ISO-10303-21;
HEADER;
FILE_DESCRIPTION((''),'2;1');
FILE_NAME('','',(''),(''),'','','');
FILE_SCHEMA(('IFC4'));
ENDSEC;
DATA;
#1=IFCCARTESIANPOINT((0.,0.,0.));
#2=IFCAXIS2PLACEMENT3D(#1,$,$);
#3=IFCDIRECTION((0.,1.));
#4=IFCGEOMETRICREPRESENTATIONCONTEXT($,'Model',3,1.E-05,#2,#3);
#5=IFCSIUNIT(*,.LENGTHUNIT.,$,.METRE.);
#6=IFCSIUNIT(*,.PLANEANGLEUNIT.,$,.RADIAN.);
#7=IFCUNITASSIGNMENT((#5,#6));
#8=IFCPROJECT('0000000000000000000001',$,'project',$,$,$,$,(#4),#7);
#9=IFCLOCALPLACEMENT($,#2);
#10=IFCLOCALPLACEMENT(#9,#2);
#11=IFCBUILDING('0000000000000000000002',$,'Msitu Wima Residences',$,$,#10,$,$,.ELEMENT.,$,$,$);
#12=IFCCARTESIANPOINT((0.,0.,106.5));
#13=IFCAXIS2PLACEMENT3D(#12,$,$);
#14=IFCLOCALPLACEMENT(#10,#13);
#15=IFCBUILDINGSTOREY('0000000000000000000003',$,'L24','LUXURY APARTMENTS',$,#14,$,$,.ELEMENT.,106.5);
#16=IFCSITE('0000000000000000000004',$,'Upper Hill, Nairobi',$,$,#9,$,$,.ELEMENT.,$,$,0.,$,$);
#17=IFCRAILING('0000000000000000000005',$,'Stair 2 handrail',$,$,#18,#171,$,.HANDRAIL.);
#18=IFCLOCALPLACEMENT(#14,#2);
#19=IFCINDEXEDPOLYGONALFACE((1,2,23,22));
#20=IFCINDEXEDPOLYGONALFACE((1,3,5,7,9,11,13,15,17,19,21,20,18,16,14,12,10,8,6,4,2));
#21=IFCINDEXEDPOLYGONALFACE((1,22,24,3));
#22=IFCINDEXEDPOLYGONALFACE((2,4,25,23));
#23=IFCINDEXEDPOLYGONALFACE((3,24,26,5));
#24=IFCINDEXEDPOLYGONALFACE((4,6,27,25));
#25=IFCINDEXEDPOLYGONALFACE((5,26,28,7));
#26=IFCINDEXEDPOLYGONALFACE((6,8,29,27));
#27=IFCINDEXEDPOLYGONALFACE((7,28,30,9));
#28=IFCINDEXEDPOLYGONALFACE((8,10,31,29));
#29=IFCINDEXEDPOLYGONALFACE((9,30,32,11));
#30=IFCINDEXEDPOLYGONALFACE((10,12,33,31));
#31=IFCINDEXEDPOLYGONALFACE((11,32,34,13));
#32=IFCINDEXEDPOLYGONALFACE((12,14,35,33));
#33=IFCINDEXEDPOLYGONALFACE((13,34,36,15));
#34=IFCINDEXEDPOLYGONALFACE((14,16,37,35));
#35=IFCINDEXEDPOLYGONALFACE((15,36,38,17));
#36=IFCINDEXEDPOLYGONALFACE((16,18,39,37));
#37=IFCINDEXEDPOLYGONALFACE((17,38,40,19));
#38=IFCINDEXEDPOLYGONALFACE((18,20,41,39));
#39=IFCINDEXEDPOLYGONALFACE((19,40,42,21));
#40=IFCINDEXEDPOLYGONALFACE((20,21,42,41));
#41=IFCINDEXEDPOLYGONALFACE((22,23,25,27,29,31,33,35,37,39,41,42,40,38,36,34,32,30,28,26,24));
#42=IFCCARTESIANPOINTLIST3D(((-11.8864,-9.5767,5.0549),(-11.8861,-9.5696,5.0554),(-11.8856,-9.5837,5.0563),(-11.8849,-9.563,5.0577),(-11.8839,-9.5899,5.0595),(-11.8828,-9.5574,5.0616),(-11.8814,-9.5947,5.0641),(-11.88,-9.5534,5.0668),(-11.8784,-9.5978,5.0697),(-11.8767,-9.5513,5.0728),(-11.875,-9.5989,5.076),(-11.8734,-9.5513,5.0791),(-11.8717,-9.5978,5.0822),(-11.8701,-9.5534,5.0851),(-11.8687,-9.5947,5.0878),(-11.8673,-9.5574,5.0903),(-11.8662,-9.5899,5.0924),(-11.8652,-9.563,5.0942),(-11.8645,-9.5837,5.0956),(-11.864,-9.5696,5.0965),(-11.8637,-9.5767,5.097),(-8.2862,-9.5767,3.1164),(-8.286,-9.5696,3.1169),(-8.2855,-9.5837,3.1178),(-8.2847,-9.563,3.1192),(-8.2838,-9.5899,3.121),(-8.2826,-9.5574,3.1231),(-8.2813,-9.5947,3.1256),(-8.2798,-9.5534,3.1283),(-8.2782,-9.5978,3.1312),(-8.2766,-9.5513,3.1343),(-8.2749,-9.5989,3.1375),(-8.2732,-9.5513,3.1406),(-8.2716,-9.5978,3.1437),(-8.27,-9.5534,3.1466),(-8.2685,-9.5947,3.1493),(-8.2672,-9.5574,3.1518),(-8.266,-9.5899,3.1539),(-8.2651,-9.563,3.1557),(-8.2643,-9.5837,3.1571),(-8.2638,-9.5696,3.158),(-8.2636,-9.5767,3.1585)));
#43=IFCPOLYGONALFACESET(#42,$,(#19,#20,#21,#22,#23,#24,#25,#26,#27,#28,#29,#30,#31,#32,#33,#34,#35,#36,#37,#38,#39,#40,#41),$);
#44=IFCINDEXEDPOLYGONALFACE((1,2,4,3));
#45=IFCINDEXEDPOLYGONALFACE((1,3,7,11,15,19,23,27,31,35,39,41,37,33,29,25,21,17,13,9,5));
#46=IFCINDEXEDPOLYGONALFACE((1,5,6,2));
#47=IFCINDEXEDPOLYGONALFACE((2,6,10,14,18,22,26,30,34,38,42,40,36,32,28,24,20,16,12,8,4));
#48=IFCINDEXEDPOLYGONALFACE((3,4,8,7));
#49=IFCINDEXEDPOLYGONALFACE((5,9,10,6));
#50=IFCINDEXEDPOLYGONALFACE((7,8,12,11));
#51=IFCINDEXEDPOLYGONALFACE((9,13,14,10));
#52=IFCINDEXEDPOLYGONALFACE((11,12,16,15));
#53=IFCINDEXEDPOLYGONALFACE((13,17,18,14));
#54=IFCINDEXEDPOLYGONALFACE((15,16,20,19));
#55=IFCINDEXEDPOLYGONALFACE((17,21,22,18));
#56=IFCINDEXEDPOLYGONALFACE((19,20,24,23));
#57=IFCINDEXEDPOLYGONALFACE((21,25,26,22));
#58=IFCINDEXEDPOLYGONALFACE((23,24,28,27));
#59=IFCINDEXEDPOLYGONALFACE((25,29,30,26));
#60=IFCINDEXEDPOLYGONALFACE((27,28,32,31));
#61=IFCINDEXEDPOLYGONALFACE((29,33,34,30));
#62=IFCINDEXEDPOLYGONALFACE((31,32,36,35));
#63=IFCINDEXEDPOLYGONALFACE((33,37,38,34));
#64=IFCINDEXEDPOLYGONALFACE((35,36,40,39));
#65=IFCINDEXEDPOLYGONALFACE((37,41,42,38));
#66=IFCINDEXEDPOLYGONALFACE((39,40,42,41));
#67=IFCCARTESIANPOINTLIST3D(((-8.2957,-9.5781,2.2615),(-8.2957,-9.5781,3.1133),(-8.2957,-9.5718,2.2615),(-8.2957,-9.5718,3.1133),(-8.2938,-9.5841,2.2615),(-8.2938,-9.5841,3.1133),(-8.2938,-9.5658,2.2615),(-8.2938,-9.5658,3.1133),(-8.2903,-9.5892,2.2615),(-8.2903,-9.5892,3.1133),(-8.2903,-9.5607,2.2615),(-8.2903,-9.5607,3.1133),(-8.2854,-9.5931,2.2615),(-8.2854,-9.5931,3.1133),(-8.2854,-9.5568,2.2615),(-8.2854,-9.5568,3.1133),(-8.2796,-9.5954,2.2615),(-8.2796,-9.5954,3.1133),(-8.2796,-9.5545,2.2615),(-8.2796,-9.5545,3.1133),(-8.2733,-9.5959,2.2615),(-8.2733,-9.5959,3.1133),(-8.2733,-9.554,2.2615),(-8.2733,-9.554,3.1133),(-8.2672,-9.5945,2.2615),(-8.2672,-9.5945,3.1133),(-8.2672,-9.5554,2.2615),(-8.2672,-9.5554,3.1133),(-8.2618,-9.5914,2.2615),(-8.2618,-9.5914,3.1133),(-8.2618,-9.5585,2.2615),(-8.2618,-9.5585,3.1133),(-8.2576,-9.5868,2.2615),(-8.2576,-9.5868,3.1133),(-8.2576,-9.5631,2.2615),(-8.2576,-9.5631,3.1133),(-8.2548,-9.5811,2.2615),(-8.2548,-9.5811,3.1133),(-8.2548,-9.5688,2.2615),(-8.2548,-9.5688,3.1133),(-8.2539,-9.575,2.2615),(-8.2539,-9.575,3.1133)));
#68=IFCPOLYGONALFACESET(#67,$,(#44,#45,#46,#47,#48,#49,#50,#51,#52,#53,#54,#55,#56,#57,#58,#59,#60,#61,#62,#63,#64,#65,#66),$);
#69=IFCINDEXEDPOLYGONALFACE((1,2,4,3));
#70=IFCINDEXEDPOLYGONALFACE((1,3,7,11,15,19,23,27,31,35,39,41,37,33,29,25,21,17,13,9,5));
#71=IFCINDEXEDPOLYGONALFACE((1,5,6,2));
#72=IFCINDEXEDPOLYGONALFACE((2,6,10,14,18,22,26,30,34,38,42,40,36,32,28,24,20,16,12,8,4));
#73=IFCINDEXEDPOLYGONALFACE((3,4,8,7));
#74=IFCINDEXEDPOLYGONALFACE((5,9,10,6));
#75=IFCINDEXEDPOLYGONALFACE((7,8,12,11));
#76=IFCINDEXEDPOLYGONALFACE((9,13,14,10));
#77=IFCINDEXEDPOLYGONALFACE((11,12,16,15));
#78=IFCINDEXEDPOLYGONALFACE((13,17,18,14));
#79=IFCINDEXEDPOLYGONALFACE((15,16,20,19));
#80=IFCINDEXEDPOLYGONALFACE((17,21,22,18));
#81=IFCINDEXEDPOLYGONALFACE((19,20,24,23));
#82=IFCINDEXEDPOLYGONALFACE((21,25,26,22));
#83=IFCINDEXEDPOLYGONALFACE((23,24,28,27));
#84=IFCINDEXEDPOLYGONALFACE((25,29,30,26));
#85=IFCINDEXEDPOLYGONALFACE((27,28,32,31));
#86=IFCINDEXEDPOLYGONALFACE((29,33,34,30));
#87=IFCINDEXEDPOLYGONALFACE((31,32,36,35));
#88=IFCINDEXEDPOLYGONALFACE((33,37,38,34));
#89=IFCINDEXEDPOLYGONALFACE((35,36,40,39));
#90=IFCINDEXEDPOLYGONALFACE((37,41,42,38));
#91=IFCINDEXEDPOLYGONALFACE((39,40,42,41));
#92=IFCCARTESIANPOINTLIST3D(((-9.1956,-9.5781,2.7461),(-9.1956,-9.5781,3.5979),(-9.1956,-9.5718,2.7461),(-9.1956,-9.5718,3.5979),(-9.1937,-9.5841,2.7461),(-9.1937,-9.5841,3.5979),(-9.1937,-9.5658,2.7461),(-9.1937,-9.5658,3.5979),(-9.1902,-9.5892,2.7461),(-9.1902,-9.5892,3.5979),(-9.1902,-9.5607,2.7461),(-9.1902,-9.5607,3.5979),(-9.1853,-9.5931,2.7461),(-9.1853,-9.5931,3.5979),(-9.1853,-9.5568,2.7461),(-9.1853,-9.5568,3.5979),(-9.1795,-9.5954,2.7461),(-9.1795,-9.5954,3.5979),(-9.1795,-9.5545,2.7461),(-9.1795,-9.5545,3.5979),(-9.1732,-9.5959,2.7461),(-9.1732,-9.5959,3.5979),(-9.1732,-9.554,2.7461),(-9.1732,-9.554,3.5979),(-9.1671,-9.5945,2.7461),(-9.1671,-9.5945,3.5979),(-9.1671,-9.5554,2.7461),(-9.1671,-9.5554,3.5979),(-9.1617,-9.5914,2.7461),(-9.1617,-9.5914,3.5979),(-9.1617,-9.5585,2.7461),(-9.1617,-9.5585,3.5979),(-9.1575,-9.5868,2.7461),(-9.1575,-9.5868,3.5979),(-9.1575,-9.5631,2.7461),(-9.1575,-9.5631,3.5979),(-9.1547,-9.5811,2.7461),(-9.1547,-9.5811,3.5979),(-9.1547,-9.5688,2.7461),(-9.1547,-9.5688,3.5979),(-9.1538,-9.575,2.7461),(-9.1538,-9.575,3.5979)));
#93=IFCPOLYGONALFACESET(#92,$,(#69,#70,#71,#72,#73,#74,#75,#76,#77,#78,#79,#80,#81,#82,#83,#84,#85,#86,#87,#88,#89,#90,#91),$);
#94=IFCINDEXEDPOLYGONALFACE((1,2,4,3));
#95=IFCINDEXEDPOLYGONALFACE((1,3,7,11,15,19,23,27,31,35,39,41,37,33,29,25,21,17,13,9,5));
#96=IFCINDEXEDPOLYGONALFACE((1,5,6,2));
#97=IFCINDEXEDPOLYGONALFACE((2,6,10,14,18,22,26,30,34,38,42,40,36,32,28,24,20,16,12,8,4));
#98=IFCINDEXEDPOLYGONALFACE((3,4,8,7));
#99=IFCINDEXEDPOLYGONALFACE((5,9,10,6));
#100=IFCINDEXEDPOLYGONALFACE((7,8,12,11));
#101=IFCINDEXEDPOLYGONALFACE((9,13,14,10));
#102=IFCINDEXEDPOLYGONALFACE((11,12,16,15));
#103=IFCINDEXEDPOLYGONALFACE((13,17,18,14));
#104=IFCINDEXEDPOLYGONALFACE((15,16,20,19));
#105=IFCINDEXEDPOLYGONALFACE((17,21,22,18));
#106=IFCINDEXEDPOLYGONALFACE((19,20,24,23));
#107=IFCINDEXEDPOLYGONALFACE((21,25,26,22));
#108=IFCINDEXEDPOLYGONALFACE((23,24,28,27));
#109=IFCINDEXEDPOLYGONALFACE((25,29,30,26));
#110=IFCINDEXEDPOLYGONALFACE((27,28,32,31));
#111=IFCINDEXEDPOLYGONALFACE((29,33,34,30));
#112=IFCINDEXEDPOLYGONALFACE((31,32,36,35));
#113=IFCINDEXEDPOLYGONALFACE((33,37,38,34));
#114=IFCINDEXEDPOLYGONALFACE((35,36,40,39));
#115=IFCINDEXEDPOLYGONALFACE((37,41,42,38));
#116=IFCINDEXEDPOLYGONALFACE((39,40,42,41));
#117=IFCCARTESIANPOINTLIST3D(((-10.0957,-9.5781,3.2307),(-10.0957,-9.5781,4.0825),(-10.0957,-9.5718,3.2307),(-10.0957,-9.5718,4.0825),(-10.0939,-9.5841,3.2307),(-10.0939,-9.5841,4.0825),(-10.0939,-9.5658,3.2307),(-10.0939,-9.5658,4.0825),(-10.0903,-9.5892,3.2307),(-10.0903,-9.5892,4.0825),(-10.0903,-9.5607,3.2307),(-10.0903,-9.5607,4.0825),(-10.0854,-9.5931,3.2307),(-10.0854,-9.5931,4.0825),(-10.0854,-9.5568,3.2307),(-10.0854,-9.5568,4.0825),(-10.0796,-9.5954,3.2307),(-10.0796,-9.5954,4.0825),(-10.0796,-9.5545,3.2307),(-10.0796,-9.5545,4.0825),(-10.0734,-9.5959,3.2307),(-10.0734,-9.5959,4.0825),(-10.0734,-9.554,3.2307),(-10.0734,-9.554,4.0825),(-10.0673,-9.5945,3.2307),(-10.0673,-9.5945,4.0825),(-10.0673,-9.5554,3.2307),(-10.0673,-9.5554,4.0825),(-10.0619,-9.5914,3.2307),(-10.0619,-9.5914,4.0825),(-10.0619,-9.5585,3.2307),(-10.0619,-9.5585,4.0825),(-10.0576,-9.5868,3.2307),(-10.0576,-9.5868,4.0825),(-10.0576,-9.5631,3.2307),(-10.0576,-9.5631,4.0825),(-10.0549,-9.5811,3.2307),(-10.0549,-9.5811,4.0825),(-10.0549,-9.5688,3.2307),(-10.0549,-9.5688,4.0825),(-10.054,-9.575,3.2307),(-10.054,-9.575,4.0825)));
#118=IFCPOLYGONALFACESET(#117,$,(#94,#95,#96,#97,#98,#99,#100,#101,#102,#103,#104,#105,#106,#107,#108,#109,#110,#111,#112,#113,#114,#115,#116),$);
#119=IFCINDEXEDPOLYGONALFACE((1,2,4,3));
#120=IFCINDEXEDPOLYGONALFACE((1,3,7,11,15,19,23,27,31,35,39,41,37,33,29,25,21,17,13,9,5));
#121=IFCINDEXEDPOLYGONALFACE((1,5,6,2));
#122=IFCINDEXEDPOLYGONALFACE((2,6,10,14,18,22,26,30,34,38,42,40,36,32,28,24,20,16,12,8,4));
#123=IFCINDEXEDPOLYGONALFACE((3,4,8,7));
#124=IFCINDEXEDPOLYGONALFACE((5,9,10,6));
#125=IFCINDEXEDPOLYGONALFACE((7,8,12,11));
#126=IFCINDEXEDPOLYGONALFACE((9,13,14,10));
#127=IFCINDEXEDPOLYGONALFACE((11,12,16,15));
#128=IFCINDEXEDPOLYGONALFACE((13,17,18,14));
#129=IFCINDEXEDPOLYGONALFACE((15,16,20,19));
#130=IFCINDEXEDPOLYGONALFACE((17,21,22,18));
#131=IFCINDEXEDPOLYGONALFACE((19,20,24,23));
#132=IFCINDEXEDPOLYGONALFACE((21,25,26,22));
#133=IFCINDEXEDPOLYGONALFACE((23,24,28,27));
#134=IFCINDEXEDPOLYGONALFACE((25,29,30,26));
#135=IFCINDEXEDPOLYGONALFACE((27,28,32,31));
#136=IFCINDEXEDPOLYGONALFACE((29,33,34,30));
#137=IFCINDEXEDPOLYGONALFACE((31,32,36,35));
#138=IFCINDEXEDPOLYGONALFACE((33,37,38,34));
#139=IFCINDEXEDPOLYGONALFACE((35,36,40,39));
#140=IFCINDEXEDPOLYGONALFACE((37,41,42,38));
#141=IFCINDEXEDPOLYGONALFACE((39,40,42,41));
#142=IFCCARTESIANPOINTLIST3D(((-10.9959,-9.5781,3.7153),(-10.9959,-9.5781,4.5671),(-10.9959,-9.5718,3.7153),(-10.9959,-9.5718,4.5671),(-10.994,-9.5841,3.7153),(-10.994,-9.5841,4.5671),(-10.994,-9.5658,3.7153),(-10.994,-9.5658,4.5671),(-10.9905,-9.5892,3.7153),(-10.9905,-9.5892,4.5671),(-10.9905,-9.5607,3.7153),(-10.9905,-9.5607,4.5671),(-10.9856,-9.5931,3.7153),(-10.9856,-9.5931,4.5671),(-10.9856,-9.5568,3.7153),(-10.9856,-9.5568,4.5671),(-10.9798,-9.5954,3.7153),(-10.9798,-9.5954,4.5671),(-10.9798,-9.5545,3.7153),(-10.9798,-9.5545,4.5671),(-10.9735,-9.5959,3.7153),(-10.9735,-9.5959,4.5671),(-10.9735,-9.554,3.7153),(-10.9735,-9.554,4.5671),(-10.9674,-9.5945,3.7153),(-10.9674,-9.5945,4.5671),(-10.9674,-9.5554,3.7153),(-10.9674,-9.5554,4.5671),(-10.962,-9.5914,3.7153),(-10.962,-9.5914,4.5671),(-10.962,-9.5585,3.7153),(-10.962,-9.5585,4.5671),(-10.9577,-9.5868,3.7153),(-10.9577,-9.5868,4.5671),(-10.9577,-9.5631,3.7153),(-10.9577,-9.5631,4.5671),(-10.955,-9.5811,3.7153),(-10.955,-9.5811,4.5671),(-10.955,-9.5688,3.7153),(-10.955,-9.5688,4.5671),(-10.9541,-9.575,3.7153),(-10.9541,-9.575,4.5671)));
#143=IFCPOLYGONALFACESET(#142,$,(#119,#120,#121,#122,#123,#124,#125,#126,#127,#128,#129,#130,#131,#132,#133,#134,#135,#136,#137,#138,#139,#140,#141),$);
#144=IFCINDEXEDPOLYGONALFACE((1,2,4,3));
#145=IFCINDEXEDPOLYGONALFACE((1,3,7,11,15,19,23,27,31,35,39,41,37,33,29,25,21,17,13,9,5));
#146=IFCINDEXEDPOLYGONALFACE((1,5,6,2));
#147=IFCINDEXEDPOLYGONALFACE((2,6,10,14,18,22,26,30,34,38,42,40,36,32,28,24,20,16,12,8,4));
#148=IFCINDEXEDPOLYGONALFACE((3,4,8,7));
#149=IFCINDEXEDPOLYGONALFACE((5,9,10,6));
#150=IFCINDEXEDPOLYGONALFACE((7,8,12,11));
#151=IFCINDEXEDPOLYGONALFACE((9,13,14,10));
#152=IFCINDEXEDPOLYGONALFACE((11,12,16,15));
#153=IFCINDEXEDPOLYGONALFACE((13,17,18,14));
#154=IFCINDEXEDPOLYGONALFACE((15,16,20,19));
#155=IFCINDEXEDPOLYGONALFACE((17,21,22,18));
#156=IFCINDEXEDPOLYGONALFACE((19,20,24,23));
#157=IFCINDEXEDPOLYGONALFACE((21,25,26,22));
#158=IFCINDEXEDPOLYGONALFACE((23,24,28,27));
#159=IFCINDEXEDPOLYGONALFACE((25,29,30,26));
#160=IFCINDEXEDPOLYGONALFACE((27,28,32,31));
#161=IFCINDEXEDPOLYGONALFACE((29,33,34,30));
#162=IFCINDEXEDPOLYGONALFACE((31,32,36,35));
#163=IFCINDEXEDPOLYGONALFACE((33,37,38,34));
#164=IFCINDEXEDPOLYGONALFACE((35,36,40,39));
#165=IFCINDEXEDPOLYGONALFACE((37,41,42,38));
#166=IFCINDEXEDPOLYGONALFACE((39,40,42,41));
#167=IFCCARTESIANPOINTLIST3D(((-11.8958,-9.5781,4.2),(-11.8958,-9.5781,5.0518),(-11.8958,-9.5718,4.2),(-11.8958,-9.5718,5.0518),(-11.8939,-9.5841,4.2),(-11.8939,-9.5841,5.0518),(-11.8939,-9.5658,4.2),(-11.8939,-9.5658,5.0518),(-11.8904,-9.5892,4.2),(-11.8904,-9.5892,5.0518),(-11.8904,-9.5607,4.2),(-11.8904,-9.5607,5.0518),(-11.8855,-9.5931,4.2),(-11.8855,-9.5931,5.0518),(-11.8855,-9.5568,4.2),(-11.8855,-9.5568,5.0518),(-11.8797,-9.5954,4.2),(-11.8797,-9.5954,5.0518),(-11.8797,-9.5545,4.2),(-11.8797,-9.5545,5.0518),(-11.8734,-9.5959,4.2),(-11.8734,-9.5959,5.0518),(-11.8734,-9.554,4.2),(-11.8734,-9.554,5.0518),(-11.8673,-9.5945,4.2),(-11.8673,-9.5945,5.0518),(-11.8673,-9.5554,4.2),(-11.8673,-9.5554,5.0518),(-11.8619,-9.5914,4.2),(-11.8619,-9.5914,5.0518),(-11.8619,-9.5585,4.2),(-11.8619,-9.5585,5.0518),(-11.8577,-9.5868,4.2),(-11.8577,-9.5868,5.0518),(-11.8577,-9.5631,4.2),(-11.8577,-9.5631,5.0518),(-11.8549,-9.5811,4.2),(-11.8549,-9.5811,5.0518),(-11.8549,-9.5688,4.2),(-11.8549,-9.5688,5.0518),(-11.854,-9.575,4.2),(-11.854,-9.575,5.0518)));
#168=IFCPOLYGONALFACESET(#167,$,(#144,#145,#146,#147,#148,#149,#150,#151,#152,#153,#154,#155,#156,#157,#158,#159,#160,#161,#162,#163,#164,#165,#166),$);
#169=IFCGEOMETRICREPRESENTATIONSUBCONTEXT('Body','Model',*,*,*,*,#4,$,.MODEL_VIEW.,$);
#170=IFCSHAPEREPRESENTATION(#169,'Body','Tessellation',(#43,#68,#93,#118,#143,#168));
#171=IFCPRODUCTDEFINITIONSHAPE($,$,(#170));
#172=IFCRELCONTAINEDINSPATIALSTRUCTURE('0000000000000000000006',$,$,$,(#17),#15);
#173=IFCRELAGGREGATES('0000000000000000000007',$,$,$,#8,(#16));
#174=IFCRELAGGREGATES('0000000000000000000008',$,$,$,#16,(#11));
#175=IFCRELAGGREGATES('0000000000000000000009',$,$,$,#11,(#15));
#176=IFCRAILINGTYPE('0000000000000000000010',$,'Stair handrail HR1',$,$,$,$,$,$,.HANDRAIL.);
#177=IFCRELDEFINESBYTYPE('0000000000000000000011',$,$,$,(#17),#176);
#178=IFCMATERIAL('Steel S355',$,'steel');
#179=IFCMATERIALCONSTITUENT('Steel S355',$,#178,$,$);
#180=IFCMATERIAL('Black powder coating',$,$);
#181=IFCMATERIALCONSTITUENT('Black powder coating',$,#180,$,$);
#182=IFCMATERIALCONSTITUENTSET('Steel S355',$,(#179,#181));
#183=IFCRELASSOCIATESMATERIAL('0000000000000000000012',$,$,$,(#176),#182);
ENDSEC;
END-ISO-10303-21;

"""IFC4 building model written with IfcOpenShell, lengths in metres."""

from ifc_helpers import new_model, si_unit, direction, frame, origin, origin_2d, place, context, subcontext, project, spatial, circle, extrude, material, constituent, constituent_set, type_object, element, save


model = new_model("IFC4")

# Units and contexts
model_context = context("Model", 3, precision=1e-05, world=origin(), true_north=direction((0.0, 1.0)))
body_context = subcontext(model_context, "Body", "Model", "MODEL_VIEW")
ifc_project = project(units=[si_unit("LENGTHUNIT", "METRE"), si_unit("PLANEANGLEUNIT", "RADIAN")], contexts=[model_context])

# Site, building, storey
site_placement = place(None, origin())
site = spatial("IfcSite", under=ifc_project, at=site_placement, Name="Upper Hill, Nairobi", CompositionType="ELEMENT", RefElevation=0.0)
building_placement = place(site_placement, origin())
building = spatial("IfcBuilding", under=site, at=building_placement, Name="Msitu Wima Residences", CompositionType="ELEMENT")
storey_placement = place(building_placement, frame((0.0, 0.0, 106.5)))
storey = spatial("IfcBuildingStorey", under=building, at=storey_placement, Name="L24", Description="LUXURY APARTMENTS", CompositionType="ELEMENT", Elevation=106.5)

# Railing
ifc_material_1 = material(Name="Steel S355", Category="steel")
ifc_constituent_1 = constituent(ifc_material_1, Name="Steel S355")
ifc_material_2 = material(Name="Black powder coating")
ifc_constituent_2 = constituent(ifc_material_2, Name="Black powder coating")
ifc_constituent_set = constituent_set(constituents=[ifc_constituent_1, ifc_constituent_2], Name="Steel S355")
railing_type = type_object("IfcRailingType", Name="Stair handrail HR1", PredefinedType="HANDRAIL", material=ifc_constituent_set)
for number, where, name in (
    (1, (-8.2749, -9.575, 2.2615), "Stair 2 handrail"),
):
    element("IfcRailing", number, at=place(storey_placement, frame(where)), inside=storey, type_object=railing_type, Name=name, PredefinedType="HANDRAIL", context=body_context, shape_type="SweptSolid", body=[
        extrude(circle(Radius=0.0239, at=origin_2d()), frame((0.0, 0.0, 0.876), z_axis=(-0.880475, 0.0, 0.474093), x_axis=(0.0, -1.0, 0.0)), (0.0, 0.0, 1.0), 4.0889),
        extrude(circle(Radius=0.021, at=origin_2d()), origin(), (0.0, 0.0, 1.0), 0.8518),
        extrude(circle(Radius=0.021, at=origin_2d()), frame((-0.8999, 0.0, 0.4846)), (0.0, 0.0, 1.0), 0.8518),
        extrude(circle(Radius=0.021, at=origin_2d()), frame((-1.8, 0.0, 0.9692)), (0.0, 0.0, 1.0), 0.8518),
        extrude(circle(Radius=0.021, at=origin_2d()), frame((-2.7002, 0.0, 1.4539)), (0.0, 0.0, 1.0), 0.8518),
        extrude(circle(Radius=0.021, at=origin_2d()), frame((-3.6001, 0.0, 1.9385)), (0.0, 0.0, 1.0), 0.8518),
    ])

save(model, "model.ifc")
